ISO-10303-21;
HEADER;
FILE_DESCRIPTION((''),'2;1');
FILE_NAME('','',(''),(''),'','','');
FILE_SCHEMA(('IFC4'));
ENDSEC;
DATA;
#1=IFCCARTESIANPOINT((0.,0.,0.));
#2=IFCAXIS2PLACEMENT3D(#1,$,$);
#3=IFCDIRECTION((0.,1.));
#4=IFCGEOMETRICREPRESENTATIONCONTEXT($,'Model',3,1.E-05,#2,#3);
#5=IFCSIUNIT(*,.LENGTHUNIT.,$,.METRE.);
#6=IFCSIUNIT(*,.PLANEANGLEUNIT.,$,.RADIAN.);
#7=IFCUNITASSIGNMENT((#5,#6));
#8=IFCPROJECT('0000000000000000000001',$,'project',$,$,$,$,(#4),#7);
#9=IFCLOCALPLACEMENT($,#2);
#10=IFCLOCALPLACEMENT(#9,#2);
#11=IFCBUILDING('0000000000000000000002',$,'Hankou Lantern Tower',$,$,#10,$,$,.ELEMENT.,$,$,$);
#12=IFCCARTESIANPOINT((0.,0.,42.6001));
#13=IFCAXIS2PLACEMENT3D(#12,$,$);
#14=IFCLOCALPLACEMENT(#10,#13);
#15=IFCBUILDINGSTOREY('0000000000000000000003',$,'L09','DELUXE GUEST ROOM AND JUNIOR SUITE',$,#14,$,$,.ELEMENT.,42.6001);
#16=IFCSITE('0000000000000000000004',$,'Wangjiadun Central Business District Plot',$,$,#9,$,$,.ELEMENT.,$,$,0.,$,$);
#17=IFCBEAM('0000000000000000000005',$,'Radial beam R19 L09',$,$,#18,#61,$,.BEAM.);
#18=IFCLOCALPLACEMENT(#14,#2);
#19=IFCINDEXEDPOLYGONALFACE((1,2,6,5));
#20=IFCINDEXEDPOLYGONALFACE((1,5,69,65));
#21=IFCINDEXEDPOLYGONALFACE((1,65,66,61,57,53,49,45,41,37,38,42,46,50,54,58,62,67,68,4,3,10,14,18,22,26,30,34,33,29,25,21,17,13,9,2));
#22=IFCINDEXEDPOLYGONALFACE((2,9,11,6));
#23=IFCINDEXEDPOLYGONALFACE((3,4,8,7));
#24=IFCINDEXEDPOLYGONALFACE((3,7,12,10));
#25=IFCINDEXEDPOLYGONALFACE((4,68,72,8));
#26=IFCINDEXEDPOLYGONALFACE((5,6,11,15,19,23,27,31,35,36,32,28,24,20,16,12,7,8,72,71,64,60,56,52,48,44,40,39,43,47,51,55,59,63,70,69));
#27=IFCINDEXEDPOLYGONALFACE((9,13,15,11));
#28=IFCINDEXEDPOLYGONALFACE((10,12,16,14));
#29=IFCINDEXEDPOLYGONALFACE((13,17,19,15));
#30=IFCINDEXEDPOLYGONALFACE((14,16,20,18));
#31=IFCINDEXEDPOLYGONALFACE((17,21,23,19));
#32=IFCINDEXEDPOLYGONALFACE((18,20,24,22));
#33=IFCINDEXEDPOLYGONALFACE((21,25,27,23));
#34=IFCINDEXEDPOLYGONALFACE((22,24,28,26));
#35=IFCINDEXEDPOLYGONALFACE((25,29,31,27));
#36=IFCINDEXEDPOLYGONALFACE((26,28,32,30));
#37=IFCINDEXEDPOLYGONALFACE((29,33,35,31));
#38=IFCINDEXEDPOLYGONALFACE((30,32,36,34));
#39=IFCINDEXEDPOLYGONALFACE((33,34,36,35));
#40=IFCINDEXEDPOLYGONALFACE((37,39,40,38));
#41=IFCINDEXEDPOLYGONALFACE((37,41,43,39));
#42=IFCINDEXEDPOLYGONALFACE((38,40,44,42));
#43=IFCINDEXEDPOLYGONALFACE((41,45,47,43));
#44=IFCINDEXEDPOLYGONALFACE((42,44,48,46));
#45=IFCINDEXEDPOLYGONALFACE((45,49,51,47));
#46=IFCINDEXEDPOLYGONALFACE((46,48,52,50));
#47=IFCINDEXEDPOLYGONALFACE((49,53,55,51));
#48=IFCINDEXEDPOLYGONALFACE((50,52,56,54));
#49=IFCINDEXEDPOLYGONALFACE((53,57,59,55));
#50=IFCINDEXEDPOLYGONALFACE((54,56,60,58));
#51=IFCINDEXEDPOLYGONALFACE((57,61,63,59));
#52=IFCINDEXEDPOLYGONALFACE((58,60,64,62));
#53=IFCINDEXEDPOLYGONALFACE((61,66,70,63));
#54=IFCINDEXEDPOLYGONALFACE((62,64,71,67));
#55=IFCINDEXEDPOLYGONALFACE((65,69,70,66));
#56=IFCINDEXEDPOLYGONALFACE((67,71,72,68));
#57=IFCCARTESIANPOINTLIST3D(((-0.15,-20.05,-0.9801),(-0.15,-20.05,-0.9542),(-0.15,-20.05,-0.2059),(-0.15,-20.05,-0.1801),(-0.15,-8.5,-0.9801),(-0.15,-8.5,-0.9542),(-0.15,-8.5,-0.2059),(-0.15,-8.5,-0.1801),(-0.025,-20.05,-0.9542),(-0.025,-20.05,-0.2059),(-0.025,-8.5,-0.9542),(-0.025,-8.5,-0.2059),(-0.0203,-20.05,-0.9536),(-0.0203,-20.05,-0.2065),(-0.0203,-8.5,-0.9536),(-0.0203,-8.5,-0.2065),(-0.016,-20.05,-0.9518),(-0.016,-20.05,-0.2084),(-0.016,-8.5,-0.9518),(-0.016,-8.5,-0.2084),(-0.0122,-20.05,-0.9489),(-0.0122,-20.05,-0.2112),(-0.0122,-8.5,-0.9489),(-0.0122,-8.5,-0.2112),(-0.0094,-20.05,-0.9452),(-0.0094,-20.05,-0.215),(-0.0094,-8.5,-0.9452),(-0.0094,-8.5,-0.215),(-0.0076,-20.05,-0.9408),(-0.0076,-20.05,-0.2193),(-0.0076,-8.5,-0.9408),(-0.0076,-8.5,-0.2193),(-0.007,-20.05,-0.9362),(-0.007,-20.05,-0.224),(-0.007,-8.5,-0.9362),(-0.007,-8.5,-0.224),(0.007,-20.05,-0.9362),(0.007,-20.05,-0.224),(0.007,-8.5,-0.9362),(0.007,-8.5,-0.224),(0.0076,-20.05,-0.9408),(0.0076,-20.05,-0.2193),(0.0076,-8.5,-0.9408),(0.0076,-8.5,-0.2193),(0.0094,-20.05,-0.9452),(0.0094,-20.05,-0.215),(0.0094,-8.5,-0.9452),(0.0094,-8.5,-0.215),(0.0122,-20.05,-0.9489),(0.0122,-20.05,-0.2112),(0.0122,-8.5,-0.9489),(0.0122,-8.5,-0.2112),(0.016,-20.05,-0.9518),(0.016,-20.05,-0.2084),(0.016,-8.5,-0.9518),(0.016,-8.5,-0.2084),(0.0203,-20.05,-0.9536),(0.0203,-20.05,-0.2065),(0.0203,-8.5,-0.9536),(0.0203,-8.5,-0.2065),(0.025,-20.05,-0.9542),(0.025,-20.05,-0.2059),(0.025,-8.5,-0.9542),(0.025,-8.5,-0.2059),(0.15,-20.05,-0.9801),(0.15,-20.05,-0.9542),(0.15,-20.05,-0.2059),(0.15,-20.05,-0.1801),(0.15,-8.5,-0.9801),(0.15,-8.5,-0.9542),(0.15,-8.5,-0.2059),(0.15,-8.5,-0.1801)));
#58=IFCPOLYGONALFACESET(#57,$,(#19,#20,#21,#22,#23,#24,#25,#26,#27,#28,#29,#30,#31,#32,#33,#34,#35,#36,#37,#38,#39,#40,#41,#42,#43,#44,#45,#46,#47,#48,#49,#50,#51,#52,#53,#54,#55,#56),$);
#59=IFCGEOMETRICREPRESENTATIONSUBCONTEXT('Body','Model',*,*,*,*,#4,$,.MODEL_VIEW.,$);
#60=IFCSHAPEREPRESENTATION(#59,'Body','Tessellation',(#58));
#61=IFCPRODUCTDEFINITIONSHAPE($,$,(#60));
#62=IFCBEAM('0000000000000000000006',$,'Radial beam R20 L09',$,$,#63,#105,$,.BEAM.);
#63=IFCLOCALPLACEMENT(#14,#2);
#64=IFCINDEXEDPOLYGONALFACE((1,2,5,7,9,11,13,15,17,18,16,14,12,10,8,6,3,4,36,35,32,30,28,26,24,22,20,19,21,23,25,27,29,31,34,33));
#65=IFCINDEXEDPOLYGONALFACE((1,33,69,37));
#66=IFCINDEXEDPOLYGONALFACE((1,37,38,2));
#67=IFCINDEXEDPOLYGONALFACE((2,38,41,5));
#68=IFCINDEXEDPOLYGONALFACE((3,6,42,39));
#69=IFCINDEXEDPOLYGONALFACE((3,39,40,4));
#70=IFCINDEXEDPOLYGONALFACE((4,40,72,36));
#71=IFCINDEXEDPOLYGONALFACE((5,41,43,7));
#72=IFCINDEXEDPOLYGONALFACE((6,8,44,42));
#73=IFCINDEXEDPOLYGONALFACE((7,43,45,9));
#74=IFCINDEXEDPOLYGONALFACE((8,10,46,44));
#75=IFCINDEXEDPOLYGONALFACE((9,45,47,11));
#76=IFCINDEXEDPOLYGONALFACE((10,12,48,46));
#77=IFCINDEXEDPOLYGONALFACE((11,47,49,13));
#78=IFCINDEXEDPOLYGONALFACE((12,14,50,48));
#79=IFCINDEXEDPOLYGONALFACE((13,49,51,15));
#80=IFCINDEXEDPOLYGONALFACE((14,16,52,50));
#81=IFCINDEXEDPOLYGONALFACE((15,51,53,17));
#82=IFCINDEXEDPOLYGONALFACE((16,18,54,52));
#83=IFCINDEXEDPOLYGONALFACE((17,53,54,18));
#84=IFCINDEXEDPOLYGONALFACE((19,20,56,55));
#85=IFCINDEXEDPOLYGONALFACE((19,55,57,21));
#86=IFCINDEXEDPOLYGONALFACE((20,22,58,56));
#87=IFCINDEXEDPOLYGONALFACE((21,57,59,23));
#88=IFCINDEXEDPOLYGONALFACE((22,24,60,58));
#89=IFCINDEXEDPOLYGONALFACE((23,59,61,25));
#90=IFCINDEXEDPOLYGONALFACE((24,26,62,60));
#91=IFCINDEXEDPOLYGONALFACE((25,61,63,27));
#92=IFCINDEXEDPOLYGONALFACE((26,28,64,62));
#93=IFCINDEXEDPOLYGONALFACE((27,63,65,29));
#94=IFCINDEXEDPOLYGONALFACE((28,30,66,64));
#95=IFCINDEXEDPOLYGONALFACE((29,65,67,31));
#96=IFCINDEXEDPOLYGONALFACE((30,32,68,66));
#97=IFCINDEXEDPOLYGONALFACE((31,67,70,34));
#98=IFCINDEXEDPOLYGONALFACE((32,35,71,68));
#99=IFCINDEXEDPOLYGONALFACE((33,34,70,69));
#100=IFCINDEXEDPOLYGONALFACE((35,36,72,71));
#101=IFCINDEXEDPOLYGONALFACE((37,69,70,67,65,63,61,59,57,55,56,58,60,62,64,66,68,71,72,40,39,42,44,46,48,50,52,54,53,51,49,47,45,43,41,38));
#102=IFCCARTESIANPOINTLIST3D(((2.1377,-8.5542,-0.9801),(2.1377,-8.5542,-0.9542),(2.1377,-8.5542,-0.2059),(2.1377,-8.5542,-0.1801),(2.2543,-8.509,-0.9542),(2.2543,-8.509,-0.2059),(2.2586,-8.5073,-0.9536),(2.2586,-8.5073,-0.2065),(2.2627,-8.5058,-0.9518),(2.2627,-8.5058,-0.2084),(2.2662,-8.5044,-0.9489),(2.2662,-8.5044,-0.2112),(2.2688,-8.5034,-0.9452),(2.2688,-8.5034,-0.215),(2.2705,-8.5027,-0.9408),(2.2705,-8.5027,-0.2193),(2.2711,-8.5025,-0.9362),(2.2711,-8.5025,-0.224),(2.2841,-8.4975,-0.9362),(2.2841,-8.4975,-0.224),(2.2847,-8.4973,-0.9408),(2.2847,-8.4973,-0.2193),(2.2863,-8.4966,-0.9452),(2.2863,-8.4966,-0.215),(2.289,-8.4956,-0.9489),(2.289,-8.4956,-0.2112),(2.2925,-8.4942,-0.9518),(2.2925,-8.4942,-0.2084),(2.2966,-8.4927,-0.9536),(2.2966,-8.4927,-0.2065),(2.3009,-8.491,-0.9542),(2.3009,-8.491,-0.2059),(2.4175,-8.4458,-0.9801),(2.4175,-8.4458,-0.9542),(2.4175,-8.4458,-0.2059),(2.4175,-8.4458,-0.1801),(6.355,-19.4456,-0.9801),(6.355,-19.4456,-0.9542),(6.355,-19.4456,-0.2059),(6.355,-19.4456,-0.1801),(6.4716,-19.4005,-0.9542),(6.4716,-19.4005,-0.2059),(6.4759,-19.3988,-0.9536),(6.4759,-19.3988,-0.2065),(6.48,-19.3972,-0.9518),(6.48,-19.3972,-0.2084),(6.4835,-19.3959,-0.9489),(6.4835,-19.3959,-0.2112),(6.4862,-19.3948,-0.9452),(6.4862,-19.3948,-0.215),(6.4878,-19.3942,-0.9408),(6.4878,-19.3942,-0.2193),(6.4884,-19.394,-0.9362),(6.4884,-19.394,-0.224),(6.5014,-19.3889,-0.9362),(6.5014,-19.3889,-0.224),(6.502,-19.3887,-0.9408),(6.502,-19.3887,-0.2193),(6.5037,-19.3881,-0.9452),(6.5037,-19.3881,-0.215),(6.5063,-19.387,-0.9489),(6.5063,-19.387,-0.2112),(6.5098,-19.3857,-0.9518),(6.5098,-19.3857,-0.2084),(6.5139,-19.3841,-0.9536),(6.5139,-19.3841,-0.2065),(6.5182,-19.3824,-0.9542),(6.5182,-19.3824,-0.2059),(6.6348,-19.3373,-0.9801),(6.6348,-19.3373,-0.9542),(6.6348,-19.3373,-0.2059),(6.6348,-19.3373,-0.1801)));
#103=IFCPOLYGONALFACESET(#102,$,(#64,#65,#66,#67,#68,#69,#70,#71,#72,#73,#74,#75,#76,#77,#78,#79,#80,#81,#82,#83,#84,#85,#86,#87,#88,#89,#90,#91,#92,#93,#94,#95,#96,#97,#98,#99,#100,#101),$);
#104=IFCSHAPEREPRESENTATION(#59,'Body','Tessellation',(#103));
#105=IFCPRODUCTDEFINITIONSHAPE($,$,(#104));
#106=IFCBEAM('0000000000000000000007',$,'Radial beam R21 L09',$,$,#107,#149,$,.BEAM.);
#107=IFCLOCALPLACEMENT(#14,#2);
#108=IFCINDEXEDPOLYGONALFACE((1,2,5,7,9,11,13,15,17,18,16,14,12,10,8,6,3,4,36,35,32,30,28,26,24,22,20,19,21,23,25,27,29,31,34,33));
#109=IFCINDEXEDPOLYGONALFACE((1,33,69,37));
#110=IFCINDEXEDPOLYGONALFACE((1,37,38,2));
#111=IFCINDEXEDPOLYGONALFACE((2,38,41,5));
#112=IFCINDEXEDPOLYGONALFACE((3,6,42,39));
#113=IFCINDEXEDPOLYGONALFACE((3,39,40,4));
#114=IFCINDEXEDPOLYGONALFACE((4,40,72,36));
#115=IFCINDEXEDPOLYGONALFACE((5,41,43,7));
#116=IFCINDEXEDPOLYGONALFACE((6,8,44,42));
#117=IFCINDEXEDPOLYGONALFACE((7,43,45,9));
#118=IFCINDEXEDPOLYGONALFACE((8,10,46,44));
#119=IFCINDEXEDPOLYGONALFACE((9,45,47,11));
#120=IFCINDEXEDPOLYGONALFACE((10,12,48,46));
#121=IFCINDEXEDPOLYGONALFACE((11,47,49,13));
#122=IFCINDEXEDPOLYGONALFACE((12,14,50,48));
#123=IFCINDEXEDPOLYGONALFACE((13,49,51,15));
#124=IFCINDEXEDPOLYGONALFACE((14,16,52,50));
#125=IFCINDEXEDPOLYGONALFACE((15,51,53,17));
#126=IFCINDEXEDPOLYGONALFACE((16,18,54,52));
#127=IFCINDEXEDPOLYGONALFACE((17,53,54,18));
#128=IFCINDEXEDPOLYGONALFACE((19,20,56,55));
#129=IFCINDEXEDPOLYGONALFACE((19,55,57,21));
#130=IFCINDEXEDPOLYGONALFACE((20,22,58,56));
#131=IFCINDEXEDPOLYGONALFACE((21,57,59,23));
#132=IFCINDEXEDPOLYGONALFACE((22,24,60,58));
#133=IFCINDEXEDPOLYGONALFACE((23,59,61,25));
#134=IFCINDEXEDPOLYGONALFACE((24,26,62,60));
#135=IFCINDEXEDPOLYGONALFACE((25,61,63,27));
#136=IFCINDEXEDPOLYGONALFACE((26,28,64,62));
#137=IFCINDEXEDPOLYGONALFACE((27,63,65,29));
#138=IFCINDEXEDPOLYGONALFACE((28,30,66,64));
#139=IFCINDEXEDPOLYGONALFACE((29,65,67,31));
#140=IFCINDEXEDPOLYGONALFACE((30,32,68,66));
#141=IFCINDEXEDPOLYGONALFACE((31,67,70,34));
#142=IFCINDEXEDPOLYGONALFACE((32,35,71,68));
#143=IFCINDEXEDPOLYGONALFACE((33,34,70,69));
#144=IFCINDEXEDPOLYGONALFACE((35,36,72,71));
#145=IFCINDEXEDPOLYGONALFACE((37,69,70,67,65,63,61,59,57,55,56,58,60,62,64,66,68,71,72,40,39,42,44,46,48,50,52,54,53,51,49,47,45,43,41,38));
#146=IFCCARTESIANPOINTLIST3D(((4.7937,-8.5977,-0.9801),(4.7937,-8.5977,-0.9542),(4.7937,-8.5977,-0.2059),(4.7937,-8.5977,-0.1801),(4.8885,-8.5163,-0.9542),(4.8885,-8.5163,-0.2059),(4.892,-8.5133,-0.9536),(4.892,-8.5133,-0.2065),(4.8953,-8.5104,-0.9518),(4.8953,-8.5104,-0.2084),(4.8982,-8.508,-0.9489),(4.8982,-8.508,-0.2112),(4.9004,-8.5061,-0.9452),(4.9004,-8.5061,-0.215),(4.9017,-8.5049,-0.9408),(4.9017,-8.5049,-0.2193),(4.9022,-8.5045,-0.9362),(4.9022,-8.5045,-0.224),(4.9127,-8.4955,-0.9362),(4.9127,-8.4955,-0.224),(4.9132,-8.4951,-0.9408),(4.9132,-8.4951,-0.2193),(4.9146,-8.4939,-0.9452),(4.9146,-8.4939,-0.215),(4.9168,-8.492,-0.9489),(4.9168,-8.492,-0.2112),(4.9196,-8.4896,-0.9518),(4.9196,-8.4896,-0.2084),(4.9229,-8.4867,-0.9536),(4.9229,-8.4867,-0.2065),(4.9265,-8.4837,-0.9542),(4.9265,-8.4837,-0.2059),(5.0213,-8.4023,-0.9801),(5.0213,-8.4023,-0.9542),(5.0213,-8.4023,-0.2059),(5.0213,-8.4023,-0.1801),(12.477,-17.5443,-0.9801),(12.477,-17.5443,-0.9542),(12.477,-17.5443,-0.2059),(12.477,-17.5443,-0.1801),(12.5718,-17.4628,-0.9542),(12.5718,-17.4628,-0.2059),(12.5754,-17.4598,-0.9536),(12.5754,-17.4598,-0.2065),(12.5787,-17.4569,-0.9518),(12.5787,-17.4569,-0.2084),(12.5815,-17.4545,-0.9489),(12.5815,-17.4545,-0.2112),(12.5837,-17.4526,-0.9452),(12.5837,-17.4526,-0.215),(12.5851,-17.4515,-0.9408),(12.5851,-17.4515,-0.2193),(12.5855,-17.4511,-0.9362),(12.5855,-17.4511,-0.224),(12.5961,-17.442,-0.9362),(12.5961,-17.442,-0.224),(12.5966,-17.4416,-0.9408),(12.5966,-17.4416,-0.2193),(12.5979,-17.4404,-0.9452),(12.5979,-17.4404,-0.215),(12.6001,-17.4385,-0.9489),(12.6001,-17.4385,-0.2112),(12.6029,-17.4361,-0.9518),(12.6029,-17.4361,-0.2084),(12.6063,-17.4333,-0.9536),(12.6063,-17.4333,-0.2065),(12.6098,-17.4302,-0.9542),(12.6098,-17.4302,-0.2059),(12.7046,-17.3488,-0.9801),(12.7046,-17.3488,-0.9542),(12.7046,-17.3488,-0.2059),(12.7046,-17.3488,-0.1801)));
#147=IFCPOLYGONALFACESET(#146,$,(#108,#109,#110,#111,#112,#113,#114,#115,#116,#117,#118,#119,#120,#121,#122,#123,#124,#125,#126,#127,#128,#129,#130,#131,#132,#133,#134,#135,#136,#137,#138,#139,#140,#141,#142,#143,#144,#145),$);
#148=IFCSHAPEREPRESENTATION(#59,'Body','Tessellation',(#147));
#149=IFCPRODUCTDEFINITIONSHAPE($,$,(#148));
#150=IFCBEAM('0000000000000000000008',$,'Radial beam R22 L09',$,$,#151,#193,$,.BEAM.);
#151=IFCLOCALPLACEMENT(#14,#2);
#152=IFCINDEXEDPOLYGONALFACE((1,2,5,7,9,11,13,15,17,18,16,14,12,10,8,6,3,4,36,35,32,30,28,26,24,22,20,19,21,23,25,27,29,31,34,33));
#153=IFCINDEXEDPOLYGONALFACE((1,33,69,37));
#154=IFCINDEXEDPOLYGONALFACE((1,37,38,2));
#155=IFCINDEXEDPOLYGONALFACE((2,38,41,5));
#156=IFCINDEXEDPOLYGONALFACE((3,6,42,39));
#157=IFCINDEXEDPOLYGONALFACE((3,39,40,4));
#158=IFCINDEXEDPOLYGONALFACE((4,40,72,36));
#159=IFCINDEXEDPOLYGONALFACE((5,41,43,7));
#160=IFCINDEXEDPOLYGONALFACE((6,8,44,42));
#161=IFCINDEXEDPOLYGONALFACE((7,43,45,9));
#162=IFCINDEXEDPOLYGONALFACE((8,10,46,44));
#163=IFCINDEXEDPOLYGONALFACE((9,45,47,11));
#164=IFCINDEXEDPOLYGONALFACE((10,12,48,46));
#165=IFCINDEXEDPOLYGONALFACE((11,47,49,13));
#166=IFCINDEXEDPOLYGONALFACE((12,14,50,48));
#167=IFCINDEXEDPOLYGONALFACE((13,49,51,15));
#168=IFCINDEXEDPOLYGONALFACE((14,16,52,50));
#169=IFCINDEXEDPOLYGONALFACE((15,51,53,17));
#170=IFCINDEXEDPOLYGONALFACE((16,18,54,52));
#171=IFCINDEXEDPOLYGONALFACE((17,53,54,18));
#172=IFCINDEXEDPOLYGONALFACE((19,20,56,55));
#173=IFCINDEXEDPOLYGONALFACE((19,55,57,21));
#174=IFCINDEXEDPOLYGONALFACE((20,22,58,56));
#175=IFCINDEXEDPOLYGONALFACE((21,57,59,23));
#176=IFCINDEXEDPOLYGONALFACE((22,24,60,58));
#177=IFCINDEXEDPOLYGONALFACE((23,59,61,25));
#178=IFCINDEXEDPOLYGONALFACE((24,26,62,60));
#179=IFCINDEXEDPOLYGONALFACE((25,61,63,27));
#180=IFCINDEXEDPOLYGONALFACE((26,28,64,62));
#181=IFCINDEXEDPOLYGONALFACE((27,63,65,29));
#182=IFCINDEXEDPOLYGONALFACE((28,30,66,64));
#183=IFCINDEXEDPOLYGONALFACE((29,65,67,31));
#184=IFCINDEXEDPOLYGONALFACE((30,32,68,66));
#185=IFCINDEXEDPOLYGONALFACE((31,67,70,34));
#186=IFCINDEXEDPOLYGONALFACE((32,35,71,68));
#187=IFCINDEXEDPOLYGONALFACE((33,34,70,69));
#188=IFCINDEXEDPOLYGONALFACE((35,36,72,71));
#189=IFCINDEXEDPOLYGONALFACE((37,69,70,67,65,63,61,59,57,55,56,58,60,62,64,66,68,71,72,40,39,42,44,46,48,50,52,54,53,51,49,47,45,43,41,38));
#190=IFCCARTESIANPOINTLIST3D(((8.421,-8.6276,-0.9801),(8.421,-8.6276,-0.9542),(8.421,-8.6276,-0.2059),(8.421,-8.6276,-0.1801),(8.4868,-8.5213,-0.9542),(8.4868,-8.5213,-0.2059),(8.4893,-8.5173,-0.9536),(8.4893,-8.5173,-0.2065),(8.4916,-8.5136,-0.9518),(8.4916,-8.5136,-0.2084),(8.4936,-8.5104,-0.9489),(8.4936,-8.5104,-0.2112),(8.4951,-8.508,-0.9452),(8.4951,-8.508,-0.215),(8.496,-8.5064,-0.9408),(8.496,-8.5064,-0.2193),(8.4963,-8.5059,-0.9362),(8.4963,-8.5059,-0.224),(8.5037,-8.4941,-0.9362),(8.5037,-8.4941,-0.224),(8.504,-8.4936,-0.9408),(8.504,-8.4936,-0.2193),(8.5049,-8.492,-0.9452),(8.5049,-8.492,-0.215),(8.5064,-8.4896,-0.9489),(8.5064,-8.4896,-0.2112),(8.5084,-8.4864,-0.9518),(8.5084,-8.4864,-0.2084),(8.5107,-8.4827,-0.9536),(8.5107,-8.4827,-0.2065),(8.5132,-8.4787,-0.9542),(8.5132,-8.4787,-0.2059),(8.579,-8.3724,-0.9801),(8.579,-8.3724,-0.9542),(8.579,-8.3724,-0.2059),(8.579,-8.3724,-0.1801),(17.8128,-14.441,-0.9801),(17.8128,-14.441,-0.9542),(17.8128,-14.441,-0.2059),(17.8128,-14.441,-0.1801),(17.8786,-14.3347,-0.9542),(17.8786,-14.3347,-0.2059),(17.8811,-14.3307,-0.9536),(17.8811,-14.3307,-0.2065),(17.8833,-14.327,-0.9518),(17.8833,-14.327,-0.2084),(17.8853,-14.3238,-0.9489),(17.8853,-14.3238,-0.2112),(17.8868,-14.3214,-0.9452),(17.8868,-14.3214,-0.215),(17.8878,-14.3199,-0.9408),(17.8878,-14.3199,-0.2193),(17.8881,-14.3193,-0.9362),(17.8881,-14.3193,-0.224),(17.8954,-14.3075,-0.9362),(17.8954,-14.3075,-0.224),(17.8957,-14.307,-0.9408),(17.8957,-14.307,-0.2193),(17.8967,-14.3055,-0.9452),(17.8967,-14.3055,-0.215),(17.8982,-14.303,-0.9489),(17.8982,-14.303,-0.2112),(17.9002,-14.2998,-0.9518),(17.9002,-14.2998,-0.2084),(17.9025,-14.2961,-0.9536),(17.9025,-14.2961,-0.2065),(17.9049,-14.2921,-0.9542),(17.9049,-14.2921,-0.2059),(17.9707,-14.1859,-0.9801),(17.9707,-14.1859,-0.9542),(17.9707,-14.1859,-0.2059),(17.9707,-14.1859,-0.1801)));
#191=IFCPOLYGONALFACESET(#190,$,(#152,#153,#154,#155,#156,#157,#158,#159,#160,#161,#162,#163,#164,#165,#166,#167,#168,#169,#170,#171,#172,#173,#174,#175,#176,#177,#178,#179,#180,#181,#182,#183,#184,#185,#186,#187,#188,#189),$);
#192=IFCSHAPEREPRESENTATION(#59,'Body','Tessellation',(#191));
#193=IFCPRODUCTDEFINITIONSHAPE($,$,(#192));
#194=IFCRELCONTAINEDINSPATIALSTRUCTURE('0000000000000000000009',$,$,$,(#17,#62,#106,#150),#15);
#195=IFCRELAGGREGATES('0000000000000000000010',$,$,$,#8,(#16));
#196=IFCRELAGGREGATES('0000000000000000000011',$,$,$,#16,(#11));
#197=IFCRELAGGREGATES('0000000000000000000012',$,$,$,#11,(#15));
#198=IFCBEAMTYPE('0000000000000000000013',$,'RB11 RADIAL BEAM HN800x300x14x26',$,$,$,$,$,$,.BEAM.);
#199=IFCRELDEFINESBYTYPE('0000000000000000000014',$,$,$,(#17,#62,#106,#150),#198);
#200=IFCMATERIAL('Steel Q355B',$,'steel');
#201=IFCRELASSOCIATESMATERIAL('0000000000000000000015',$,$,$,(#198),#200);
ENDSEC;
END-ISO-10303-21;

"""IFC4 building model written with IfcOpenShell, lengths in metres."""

from ifc_helpers import new_model, si_unit, direction, frame, origin, origin_2d, place, context, subcontext, project, spatial, i_section, extrude, material, material_profile, profile_set, type_object, element, save


model = new_model("IFC4")

# Units and contexts
model_context = context("Model", 3, precision=1e-05, world=origin(), true_north=direction((0.0, 1.0)))
body_context = subcontext(model_context, "Body", "Model", "MODEL_VIEW")
ifc_project = project(units=[si_unit("LENGTHUNIT", "METRE"), si_unit("PLANEANGLEUNIT", "RADIAN")], contexts=[model_context])

# Site, building, storey
site_placement = place(None, origin())
site = spatial("IfcSite", under=ifc_project, at=site_placement, Name="Wangjiadun Central Business District Plot", CompositionType="ELEMENT", RefElevation=0.0)
building_placement = place(site_placement, origin())
building = spatial("IfcBuilding", under=site, at=building_placement, Name="Hankou Lantern Tower", CompositionType="ELEMENT")
storey_placement = place(building_placement, frame((0.0, 0.0, 42.6001)))
storey = spatial("IfcBuildingStorey", under=building, at=storey_placement, Name="L09", Description="DELUXE GUEST ROOM AND JUNIOR SUITE", CompositionType="ELEMENT", Elevation=42.6001)

# Beams
ifc_material_1 = material(Name="Steel Q355B", Category="steel")
ifc_material_profile_1 = material_profile(ifc_material_1, i_section(OverallWidth=0.3, OverallDepth=0.8, WebThickness=0.0139, FlangeThickness=0.0259, FilletRadius=0.0181, at=origin_2d()), Name="HN800x300x14x26")
ifc_profile_set_1 = profile_set([ifc_material_profile_1], Name="Steel Q355B")
beam_type_1 = type_object("IfcBeamType", Name="RB11 RADIAL BEAM HN800x300x14x26", PredefinedType="BEAM", material=ifc_profile_set_1)
beam_1_placement = place(storey_placement, frame((0.0, -8.5, -0.5801), z_axis=(0.0, -1.0, 0.0), x_axis=(1.0, 0.0, 0.0)))
element("IfcBeam", 1, at=beam_1_placement, inside=storey, type_object=beam_type_1, Name="Radial beam R19 L09", PredefinedType="BEAM", context=body_context, shape_type="SweptSolid", body=[
    extrude(i_section(OverallWidth=0.3, OverallDepth=0.8, WebThickness=0.0139, FlangeThickness=0.0259, FilletRadius=0.0181, at=origin_2d()), origin(), (0.0, 0.0, 1.0), 11.55),
])
beam_2_placement = place(storey_placement, frame((2.2776, -8.5, -0.5801), z_axis=(0.361089, -0.932531, 0.0), x_axis=(0.932531, 0.361089, 0.0)))
element("IfcBeam", 2, at=beam_2_placement, inside=storey, type_object=beam_type_1, Name="Radial beam R20 L09", PredefinedType="BEAM", context=body_context, shape_type="SweptSolid", body=[
    extrude(i_section(OverallWidth=0.3, OverallDepth=0.8, WebThickness=0.0139, FlangeThickness=0.0259, FilletRadius=0.0181, at=origin_2d()), origin(), (0.0, 0.0, 1.0), 11.6794),
])
beam_3_placement = place(storey_placement, frame((4.9075, -8.5, -0.5801), z_axis=(0.651519, -0.758632, 0.0), x_axis=(0.758632, 0.651519, 0.0)))
element("IfcBeam", 3, at=beam_3_placement, inside=storey, type_object=beam_type_1, Name="Radial beam R21 L09", PredefinedType="BEAM", context=body_context, shape_type="SweptSolid", body=[
    extrude(i_section(OverallWidth=0.3, OverallDepth=0.8, WebThickness=0.0139, FlangeThickness=0.0259, FilletRadius=0.0181, at=origin_2d()), origin(), (0.0, 0.0, 1.0), 11.793),
])
beam_4_placement = place(storey_placement, frame((8.5, -8.5, -0.5801), z_axis=(0.850286, -0.52632, 0.0), x_axis=(0.52632, 0.850286, 0.0)))
element("IfcBeam", 4, at=beam_4_placement, inside=storey, type_object=beam_type_1, Name="Radial beam R22 L09", PredefinedType="BEAM", context=body_context, shape_type="SweptSolid", body=[
    extrude(i_section(OverallWidth=0.3, OverallDepth=0.8, WebThickness=0.0139, FlangeThickness=0.0259, FilletRadius=0.0181, at=origin_2d()), origin(), (0.0, 0.0, 1.0), 11.0454),
])

save(model, "model.ifc")
